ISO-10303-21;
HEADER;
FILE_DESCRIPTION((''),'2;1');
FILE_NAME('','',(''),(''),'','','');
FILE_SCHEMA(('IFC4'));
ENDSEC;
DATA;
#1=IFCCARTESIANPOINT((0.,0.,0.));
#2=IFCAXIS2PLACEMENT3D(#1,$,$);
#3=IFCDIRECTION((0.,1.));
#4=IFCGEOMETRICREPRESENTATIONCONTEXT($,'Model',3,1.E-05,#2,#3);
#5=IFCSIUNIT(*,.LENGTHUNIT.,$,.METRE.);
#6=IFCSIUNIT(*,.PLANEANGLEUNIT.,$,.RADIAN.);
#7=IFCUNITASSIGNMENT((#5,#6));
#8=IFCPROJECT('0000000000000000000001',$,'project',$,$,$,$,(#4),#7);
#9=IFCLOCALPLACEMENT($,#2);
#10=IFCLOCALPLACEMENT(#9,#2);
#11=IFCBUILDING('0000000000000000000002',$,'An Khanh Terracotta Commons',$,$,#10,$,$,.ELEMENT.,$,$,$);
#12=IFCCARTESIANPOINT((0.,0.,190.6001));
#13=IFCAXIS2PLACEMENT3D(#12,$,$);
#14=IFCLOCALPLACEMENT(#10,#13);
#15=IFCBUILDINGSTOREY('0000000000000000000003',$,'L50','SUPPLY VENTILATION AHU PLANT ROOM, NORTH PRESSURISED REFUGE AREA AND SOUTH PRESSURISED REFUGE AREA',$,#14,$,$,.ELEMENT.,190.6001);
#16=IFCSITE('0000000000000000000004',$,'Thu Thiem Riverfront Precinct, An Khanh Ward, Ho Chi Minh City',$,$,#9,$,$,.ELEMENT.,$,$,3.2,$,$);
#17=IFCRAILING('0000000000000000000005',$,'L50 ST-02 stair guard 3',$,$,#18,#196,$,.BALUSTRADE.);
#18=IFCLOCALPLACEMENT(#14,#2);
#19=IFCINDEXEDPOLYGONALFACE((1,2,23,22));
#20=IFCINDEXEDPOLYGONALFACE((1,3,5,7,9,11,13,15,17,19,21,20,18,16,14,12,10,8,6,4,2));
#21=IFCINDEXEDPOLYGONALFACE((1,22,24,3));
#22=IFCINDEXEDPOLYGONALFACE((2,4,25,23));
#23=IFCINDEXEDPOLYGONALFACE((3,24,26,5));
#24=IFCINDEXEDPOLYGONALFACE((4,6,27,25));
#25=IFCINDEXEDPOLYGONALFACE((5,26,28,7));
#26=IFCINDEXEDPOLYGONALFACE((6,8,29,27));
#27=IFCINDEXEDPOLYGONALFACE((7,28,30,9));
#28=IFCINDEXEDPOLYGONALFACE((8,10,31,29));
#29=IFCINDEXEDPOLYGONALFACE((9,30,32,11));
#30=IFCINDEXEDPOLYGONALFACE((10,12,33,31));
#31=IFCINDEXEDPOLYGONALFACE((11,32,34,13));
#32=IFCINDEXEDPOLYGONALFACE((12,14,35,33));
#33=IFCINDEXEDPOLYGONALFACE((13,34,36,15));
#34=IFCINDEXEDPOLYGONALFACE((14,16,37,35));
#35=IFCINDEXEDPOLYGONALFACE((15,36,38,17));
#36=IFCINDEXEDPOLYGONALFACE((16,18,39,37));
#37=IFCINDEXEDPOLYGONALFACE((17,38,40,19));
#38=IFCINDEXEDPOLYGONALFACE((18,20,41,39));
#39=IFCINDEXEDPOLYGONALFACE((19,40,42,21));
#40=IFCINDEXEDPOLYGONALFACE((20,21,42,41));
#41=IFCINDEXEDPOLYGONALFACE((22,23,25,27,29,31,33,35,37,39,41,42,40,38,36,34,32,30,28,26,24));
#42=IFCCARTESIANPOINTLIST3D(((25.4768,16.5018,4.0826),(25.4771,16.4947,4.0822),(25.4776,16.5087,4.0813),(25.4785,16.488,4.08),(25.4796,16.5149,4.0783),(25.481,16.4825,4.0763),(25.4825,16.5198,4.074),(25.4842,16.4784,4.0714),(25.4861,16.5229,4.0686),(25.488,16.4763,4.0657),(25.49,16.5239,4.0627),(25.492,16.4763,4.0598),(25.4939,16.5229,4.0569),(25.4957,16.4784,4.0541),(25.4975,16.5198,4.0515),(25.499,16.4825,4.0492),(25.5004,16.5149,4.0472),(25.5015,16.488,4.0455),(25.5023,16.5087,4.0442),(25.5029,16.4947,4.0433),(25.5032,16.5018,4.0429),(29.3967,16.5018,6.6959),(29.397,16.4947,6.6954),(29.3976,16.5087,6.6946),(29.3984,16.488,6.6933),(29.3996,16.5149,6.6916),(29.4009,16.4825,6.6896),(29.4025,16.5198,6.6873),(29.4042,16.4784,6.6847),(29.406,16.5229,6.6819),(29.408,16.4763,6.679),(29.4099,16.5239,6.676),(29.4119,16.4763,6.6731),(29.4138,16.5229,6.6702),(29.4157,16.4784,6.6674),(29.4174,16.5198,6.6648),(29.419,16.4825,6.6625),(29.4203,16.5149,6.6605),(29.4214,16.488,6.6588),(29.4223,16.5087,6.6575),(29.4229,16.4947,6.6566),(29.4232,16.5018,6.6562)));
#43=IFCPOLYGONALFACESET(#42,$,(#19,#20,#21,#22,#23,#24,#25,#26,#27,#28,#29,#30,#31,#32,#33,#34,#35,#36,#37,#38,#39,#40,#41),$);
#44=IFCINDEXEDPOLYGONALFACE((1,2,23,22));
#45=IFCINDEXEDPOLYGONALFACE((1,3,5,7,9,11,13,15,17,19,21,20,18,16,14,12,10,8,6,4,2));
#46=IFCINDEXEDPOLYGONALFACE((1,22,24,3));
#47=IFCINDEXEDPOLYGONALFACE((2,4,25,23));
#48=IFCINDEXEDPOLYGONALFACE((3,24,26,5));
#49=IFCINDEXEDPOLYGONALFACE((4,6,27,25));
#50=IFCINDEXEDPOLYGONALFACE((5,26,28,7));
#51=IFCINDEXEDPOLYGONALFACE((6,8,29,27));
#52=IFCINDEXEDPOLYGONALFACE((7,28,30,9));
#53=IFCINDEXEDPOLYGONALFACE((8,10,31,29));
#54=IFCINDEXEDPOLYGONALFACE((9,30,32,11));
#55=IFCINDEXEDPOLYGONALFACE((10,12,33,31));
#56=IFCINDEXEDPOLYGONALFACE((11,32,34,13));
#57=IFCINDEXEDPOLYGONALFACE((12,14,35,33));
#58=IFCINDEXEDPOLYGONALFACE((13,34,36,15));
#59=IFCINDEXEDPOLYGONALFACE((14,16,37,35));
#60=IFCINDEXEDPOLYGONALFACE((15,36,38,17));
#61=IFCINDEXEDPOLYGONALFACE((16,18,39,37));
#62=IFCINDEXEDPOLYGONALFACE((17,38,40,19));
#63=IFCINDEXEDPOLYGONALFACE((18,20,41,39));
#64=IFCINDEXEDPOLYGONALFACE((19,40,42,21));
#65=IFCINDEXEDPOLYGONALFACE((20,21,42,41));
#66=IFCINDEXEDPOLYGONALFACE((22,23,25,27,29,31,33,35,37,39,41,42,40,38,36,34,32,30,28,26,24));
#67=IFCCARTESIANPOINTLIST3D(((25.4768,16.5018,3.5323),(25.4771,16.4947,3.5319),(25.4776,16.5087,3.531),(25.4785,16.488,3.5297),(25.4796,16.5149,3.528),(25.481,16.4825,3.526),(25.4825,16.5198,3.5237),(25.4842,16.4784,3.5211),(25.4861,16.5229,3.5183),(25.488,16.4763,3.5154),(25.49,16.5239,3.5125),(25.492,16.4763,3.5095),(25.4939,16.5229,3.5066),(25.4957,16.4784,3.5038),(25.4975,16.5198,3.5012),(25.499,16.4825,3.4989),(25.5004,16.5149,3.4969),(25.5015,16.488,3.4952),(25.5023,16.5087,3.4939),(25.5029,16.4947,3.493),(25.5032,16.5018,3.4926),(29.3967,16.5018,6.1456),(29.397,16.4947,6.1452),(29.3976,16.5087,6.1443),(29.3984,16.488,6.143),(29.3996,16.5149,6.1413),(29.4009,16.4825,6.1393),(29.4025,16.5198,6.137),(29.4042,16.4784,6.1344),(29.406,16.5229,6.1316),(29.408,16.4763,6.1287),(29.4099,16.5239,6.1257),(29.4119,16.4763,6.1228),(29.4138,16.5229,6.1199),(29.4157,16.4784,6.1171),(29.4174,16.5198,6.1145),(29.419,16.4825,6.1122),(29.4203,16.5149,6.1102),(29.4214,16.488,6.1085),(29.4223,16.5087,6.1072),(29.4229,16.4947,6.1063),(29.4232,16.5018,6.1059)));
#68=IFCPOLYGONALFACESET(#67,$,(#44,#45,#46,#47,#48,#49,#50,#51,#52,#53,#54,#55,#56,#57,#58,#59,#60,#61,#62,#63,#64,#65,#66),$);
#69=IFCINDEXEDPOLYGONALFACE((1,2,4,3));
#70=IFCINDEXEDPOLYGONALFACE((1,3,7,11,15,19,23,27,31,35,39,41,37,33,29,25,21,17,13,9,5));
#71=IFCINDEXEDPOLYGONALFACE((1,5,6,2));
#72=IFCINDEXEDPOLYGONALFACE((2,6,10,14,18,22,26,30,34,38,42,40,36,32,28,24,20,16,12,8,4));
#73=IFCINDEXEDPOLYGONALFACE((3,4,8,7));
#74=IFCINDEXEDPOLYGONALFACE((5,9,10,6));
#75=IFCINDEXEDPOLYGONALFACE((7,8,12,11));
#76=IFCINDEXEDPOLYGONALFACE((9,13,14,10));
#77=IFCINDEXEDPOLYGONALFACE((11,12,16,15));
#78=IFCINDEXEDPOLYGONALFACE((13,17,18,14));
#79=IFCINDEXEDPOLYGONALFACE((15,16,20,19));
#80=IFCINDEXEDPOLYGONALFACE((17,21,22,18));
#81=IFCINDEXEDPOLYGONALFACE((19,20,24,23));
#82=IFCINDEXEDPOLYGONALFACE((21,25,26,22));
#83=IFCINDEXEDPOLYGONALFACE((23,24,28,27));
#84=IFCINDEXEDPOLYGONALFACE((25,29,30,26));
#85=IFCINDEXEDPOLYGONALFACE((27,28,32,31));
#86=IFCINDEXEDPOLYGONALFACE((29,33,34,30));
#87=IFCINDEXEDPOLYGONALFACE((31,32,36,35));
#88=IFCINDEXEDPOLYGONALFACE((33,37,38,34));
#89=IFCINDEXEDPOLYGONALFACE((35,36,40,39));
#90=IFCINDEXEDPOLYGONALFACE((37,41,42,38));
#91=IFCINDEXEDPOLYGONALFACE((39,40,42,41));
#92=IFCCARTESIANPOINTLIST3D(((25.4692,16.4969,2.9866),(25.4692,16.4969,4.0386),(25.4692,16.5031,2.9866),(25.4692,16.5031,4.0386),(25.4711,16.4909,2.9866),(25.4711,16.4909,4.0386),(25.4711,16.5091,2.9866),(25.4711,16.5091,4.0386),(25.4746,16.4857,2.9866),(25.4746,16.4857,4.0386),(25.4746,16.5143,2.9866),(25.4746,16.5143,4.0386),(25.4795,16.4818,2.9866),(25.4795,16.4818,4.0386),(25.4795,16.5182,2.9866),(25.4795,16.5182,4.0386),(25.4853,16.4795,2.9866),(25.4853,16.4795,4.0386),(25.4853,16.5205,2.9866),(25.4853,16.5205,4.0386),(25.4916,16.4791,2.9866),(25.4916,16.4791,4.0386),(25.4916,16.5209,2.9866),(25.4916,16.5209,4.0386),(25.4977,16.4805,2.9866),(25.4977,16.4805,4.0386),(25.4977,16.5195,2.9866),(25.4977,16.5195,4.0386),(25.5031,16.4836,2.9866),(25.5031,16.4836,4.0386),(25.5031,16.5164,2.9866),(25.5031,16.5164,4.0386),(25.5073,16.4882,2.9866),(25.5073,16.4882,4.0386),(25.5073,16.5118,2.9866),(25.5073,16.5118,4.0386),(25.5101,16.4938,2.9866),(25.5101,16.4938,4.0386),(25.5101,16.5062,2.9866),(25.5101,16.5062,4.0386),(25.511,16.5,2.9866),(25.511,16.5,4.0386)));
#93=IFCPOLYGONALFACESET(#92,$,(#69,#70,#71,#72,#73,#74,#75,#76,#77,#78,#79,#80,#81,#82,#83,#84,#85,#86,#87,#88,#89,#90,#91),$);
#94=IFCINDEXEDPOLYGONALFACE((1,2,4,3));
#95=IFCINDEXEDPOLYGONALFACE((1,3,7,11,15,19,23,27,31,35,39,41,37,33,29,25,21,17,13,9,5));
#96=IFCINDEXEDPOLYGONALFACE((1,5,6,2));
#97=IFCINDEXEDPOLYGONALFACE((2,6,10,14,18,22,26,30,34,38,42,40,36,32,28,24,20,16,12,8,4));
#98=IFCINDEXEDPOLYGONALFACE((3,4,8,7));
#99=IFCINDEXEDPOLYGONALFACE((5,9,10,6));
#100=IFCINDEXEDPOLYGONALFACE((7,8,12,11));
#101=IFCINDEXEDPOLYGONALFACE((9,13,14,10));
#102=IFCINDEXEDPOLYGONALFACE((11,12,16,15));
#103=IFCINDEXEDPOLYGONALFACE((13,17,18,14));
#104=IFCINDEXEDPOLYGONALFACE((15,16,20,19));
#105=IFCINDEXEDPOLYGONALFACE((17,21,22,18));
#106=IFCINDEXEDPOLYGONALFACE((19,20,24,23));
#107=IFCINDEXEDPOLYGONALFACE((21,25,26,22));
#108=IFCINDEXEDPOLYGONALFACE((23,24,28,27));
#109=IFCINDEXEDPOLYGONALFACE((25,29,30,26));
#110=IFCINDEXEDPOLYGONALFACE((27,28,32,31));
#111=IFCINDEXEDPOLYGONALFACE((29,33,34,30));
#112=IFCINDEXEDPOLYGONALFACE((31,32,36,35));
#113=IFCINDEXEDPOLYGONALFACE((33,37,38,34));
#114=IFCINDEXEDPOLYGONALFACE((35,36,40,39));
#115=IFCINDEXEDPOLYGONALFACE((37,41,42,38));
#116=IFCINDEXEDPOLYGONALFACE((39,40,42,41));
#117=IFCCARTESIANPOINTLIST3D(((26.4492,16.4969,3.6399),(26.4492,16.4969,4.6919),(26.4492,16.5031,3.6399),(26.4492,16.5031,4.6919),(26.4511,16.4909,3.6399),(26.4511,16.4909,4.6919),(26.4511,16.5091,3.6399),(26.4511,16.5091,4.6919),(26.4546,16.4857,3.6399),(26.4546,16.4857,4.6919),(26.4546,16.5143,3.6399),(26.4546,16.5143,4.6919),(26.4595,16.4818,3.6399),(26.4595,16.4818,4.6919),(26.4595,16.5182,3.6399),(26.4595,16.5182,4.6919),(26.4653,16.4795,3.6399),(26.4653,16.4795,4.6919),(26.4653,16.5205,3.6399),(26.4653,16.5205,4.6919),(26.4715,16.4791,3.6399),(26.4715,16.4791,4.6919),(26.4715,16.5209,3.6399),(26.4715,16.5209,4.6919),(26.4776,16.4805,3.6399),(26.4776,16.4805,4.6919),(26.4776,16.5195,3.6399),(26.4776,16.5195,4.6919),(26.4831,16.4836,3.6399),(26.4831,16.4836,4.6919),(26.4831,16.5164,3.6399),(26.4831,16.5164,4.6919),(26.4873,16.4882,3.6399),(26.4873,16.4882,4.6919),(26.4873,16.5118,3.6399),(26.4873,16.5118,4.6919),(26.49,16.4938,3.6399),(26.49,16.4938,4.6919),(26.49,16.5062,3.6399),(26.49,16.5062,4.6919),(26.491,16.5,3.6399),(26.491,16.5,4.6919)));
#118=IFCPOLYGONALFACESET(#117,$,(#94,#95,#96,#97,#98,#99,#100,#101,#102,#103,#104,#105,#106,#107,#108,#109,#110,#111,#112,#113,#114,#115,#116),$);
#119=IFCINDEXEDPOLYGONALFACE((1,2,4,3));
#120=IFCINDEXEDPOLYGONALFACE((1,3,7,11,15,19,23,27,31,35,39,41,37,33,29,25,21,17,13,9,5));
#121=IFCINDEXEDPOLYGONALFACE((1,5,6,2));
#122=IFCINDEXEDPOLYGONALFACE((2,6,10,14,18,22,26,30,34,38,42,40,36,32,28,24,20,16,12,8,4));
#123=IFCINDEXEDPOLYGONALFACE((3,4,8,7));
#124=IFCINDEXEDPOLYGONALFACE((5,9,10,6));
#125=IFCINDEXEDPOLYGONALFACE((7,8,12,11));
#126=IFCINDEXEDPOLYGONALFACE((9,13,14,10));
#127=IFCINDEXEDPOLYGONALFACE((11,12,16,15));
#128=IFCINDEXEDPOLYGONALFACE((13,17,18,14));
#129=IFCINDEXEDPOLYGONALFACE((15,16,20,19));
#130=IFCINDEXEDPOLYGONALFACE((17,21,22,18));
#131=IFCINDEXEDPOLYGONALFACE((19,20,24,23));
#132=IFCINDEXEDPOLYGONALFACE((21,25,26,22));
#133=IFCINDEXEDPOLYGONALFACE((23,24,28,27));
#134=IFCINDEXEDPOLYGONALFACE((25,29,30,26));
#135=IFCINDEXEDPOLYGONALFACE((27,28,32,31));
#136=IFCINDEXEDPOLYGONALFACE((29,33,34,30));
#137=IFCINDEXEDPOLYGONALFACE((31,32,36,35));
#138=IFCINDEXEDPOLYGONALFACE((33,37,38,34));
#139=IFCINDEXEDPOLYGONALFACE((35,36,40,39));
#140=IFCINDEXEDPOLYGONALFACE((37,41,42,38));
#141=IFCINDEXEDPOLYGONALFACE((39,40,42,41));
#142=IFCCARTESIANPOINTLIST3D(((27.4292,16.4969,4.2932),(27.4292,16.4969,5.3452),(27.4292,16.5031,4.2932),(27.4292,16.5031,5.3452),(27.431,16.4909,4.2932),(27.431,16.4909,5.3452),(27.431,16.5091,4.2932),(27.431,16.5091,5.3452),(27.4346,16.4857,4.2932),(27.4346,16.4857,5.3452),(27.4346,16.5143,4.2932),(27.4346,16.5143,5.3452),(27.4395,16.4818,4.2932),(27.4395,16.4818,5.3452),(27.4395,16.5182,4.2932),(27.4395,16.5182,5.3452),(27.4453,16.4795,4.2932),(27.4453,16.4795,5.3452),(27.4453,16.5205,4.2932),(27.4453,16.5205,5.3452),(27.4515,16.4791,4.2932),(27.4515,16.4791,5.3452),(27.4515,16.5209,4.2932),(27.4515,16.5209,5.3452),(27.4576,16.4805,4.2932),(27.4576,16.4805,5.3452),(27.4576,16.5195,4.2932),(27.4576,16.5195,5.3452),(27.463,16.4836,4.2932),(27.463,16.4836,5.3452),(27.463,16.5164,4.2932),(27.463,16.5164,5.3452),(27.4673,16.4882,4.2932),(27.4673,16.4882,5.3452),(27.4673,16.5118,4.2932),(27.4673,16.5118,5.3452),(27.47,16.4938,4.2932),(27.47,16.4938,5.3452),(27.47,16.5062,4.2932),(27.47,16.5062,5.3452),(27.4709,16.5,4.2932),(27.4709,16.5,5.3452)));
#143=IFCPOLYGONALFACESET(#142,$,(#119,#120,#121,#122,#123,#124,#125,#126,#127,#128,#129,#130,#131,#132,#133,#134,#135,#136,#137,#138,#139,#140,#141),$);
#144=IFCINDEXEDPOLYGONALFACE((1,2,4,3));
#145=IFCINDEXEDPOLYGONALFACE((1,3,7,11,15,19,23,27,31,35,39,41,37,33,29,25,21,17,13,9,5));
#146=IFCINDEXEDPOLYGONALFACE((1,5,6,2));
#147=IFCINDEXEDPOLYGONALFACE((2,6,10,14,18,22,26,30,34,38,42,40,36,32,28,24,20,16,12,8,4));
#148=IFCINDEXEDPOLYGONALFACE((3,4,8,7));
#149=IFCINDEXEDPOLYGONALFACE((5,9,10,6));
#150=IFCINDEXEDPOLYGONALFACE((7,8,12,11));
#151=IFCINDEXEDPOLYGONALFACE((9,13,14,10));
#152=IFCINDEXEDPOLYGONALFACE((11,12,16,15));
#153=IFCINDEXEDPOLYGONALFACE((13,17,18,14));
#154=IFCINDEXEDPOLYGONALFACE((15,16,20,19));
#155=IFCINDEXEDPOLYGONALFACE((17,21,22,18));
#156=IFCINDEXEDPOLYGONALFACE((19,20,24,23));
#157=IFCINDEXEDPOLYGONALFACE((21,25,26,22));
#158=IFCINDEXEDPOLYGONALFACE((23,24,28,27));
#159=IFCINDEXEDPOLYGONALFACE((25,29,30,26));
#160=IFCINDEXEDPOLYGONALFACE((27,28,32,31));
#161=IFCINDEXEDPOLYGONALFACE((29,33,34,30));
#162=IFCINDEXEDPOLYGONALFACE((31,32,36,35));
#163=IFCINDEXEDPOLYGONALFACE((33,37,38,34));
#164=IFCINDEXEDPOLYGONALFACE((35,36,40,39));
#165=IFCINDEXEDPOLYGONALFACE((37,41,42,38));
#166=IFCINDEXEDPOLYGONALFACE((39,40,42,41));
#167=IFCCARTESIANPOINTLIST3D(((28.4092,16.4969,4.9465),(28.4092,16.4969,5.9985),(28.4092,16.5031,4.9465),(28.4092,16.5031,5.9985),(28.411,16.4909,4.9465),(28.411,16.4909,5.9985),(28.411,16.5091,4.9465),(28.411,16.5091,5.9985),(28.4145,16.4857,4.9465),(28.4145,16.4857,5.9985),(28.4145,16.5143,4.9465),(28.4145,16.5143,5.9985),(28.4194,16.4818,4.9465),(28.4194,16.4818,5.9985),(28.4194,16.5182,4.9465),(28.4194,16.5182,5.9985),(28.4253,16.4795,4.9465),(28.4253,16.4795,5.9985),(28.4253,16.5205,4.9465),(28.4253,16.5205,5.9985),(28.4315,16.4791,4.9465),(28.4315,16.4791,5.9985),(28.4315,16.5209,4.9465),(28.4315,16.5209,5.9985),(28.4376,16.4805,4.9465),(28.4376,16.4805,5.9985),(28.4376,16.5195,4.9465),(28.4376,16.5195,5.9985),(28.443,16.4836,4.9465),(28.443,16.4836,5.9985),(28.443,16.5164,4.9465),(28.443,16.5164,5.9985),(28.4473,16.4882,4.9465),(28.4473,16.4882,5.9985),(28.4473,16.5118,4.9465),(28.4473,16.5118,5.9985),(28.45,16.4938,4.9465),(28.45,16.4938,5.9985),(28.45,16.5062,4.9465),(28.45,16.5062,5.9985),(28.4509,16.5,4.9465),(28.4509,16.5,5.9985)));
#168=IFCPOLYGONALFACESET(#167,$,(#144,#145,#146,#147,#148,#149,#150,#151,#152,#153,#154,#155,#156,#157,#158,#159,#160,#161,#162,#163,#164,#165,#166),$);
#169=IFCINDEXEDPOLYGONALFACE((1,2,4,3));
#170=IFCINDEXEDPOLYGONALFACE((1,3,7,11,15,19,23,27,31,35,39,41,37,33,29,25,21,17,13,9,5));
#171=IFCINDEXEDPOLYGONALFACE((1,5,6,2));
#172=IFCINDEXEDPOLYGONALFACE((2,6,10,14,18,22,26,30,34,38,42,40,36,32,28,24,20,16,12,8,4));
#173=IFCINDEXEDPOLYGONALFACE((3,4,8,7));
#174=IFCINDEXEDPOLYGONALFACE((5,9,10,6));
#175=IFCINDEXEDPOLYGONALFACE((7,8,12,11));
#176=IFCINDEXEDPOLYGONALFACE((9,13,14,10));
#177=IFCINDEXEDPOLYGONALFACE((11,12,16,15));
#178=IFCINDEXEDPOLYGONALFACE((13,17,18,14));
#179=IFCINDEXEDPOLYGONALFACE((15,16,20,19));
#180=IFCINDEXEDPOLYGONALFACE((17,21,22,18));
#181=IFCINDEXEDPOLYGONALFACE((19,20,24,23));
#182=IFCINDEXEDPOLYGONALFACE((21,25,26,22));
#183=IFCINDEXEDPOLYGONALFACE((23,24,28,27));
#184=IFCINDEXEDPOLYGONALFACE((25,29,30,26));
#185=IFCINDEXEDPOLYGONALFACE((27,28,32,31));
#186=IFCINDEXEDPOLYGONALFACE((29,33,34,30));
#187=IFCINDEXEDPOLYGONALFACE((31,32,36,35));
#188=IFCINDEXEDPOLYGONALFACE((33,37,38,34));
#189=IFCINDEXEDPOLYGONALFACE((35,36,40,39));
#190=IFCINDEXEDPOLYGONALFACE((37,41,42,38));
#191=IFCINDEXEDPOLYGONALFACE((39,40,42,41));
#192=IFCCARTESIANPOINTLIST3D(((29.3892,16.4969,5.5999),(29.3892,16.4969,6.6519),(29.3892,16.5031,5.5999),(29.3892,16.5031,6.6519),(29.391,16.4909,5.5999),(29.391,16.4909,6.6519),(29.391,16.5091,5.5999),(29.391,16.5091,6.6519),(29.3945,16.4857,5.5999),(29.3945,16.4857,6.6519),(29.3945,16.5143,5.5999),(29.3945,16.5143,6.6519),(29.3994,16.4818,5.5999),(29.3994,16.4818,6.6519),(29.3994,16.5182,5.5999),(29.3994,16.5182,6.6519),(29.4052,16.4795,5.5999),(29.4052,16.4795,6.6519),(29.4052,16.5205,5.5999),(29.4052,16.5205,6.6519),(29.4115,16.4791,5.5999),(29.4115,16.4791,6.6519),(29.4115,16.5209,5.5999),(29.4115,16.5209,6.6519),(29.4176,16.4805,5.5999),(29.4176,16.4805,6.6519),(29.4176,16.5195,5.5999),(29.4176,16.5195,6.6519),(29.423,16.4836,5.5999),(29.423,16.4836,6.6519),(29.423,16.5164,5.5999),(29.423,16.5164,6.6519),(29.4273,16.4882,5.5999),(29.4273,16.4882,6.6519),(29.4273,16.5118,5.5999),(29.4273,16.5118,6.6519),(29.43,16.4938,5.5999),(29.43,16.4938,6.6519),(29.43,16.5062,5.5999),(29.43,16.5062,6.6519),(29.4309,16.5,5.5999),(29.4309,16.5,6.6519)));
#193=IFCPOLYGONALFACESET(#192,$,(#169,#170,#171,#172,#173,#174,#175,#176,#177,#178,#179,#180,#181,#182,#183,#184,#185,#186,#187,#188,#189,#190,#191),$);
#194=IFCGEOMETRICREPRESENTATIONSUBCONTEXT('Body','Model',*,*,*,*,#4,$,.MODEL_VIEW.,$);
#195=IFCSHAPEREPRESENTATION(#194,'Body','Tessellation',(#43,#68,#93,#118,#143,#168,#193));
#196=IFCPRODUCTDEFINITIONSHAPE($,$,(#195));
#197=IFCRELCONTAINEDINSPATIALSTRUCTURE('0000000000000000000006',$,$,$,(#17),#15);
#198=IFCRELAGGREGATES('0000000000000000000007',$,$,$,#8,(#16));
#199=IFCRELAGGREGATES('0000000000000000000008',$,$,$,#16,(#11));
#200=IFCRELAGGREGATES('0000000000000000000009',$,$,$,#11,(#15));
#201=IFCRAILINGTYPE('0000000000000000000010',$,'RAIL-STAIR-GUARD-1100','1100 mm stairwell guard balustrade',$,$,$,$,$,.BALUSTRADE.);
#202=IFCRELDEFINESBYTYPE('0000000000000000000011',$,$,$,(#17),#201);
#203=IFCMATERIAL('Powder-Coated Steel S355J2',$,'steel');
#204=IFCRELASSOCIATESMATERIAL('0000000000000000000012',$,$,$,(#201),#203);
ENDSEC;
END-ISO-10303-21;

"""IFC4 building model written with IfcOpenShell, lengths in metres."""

from ifc_helpers import new_model, si_unit, direction, frame, origin, origin_2d, place, context, subcontext, project, spatial, circle, extrude, material, type_object, element, save


model = new_model("IFC4")

# Units and contexts
model_context = context("Model", 3, precision=1e-05, world=origin(), true_north=direction((0.0, 1.0)))
body_context = subcontext(model_context, "Body", "Model", "MODEL_VIEW")
ifc_project = project(units=[si_unit("LENGTHUNIT", "METRE"), si_unit("PLANEANGLEUNIT", "RADIAN")], contexts=[model_context])

# Site, building, storey
site_placement = place(None, origin())
site = spatial("IfcSite", under=ifc_project, at=site_placement, Name="Thu Thiem Riverfront Precinct, An Khanh Ward, Ho Chi Minh City", CompositionType="ELEMENT", RefElevation=3.2)
building_placement = place(site_placement, origin())
building = spatial("IfcBuilding", under=site, at=building_placement, Name="An Khanh Terracotta Commons", CompositionType="ELEMENT")
storey_placement = place(building_placement, frame((0.0, 0.0, 190.6001)))
storey = spatial("IfcBuildingStorey", under=building, at=storey_placement, Name="L50", Description="SUPPLY VENTILATION AHU PLANT ROOM, NORTH PRESSURISED REFUGE AREA AND SOUTH PRESSURISED REFUGE AREA", CompositionType="ELEMENT", Elevation=190.6001)

# Railing
ifc_material_1 = material(Name="Powder-Coated Steel S355J2", Category="steel")
railing_type_1 = type_object("IfcRailingType", Name="RAIL-STAIR-GUARD-1100", Description="1100 mm stairwell guard balustrade", PredefinedType="BALUSTRADE", material=ifc_material_1)
railing_1_placement = place(storey_placement, frame((25.49, 16.5, 2.9866)))
element("IfcRailing", 1, at=railing_1_placement, inside=storey, type_object=railing_type_1, Name="L50 ST-02 stair guard 3", PredefinedType="BALUSTRADE", context=body_context, shape_type="SweptSolid", body=[
    extrude(circle(Radius=0.0239, at=origin_2d()), frame((0.0, 0.0, 1.0762), z_axis=(0.83205, 0.0, 0.5547), x_axis=(0.0, 1.0, 0.0)), (0.0, 0.0, 1.0), 4.7112),
    extrude(circle(Radius=0.0239, at=origin_2d()), frame((0.0, 0.0, 0.5259), z_axis=(0.83205, 0.0, 0.5547), x_axis=(0.0, 1.0, 0.0)), (0.0, 0.0, 1.0), 4.7112),
    extrude(circle(Radius=0.021, at=origin_2d()), origin(), (0.0, 0.0, 1.0), 1.052),
    extrude(circle(Radius=0.021, at=origin_2d()), frame((0.98, 0.0, 0.6533)), (0.0, 0.0, 1.0), 1.052),
    extrude(circle(Radius=0.021, at=origin_2d()), frame((1.96, 0.0, 1.3066)), (0.0, 0.0, 1.0), 1.052),
    extrude(circle(Radius=0.021, at=origin_2d()), frame((2.9399, 0.0, 1.96)), (0.0, 0.0, 1.0), 1.052),
    extrude(circle(Radius=0.021, at=origin_2d()), frame((3.9199, 0.0, 2.6133)), (0.0, 0.0, 1.0), 1.052),
])

save(model, "model.ifc")
